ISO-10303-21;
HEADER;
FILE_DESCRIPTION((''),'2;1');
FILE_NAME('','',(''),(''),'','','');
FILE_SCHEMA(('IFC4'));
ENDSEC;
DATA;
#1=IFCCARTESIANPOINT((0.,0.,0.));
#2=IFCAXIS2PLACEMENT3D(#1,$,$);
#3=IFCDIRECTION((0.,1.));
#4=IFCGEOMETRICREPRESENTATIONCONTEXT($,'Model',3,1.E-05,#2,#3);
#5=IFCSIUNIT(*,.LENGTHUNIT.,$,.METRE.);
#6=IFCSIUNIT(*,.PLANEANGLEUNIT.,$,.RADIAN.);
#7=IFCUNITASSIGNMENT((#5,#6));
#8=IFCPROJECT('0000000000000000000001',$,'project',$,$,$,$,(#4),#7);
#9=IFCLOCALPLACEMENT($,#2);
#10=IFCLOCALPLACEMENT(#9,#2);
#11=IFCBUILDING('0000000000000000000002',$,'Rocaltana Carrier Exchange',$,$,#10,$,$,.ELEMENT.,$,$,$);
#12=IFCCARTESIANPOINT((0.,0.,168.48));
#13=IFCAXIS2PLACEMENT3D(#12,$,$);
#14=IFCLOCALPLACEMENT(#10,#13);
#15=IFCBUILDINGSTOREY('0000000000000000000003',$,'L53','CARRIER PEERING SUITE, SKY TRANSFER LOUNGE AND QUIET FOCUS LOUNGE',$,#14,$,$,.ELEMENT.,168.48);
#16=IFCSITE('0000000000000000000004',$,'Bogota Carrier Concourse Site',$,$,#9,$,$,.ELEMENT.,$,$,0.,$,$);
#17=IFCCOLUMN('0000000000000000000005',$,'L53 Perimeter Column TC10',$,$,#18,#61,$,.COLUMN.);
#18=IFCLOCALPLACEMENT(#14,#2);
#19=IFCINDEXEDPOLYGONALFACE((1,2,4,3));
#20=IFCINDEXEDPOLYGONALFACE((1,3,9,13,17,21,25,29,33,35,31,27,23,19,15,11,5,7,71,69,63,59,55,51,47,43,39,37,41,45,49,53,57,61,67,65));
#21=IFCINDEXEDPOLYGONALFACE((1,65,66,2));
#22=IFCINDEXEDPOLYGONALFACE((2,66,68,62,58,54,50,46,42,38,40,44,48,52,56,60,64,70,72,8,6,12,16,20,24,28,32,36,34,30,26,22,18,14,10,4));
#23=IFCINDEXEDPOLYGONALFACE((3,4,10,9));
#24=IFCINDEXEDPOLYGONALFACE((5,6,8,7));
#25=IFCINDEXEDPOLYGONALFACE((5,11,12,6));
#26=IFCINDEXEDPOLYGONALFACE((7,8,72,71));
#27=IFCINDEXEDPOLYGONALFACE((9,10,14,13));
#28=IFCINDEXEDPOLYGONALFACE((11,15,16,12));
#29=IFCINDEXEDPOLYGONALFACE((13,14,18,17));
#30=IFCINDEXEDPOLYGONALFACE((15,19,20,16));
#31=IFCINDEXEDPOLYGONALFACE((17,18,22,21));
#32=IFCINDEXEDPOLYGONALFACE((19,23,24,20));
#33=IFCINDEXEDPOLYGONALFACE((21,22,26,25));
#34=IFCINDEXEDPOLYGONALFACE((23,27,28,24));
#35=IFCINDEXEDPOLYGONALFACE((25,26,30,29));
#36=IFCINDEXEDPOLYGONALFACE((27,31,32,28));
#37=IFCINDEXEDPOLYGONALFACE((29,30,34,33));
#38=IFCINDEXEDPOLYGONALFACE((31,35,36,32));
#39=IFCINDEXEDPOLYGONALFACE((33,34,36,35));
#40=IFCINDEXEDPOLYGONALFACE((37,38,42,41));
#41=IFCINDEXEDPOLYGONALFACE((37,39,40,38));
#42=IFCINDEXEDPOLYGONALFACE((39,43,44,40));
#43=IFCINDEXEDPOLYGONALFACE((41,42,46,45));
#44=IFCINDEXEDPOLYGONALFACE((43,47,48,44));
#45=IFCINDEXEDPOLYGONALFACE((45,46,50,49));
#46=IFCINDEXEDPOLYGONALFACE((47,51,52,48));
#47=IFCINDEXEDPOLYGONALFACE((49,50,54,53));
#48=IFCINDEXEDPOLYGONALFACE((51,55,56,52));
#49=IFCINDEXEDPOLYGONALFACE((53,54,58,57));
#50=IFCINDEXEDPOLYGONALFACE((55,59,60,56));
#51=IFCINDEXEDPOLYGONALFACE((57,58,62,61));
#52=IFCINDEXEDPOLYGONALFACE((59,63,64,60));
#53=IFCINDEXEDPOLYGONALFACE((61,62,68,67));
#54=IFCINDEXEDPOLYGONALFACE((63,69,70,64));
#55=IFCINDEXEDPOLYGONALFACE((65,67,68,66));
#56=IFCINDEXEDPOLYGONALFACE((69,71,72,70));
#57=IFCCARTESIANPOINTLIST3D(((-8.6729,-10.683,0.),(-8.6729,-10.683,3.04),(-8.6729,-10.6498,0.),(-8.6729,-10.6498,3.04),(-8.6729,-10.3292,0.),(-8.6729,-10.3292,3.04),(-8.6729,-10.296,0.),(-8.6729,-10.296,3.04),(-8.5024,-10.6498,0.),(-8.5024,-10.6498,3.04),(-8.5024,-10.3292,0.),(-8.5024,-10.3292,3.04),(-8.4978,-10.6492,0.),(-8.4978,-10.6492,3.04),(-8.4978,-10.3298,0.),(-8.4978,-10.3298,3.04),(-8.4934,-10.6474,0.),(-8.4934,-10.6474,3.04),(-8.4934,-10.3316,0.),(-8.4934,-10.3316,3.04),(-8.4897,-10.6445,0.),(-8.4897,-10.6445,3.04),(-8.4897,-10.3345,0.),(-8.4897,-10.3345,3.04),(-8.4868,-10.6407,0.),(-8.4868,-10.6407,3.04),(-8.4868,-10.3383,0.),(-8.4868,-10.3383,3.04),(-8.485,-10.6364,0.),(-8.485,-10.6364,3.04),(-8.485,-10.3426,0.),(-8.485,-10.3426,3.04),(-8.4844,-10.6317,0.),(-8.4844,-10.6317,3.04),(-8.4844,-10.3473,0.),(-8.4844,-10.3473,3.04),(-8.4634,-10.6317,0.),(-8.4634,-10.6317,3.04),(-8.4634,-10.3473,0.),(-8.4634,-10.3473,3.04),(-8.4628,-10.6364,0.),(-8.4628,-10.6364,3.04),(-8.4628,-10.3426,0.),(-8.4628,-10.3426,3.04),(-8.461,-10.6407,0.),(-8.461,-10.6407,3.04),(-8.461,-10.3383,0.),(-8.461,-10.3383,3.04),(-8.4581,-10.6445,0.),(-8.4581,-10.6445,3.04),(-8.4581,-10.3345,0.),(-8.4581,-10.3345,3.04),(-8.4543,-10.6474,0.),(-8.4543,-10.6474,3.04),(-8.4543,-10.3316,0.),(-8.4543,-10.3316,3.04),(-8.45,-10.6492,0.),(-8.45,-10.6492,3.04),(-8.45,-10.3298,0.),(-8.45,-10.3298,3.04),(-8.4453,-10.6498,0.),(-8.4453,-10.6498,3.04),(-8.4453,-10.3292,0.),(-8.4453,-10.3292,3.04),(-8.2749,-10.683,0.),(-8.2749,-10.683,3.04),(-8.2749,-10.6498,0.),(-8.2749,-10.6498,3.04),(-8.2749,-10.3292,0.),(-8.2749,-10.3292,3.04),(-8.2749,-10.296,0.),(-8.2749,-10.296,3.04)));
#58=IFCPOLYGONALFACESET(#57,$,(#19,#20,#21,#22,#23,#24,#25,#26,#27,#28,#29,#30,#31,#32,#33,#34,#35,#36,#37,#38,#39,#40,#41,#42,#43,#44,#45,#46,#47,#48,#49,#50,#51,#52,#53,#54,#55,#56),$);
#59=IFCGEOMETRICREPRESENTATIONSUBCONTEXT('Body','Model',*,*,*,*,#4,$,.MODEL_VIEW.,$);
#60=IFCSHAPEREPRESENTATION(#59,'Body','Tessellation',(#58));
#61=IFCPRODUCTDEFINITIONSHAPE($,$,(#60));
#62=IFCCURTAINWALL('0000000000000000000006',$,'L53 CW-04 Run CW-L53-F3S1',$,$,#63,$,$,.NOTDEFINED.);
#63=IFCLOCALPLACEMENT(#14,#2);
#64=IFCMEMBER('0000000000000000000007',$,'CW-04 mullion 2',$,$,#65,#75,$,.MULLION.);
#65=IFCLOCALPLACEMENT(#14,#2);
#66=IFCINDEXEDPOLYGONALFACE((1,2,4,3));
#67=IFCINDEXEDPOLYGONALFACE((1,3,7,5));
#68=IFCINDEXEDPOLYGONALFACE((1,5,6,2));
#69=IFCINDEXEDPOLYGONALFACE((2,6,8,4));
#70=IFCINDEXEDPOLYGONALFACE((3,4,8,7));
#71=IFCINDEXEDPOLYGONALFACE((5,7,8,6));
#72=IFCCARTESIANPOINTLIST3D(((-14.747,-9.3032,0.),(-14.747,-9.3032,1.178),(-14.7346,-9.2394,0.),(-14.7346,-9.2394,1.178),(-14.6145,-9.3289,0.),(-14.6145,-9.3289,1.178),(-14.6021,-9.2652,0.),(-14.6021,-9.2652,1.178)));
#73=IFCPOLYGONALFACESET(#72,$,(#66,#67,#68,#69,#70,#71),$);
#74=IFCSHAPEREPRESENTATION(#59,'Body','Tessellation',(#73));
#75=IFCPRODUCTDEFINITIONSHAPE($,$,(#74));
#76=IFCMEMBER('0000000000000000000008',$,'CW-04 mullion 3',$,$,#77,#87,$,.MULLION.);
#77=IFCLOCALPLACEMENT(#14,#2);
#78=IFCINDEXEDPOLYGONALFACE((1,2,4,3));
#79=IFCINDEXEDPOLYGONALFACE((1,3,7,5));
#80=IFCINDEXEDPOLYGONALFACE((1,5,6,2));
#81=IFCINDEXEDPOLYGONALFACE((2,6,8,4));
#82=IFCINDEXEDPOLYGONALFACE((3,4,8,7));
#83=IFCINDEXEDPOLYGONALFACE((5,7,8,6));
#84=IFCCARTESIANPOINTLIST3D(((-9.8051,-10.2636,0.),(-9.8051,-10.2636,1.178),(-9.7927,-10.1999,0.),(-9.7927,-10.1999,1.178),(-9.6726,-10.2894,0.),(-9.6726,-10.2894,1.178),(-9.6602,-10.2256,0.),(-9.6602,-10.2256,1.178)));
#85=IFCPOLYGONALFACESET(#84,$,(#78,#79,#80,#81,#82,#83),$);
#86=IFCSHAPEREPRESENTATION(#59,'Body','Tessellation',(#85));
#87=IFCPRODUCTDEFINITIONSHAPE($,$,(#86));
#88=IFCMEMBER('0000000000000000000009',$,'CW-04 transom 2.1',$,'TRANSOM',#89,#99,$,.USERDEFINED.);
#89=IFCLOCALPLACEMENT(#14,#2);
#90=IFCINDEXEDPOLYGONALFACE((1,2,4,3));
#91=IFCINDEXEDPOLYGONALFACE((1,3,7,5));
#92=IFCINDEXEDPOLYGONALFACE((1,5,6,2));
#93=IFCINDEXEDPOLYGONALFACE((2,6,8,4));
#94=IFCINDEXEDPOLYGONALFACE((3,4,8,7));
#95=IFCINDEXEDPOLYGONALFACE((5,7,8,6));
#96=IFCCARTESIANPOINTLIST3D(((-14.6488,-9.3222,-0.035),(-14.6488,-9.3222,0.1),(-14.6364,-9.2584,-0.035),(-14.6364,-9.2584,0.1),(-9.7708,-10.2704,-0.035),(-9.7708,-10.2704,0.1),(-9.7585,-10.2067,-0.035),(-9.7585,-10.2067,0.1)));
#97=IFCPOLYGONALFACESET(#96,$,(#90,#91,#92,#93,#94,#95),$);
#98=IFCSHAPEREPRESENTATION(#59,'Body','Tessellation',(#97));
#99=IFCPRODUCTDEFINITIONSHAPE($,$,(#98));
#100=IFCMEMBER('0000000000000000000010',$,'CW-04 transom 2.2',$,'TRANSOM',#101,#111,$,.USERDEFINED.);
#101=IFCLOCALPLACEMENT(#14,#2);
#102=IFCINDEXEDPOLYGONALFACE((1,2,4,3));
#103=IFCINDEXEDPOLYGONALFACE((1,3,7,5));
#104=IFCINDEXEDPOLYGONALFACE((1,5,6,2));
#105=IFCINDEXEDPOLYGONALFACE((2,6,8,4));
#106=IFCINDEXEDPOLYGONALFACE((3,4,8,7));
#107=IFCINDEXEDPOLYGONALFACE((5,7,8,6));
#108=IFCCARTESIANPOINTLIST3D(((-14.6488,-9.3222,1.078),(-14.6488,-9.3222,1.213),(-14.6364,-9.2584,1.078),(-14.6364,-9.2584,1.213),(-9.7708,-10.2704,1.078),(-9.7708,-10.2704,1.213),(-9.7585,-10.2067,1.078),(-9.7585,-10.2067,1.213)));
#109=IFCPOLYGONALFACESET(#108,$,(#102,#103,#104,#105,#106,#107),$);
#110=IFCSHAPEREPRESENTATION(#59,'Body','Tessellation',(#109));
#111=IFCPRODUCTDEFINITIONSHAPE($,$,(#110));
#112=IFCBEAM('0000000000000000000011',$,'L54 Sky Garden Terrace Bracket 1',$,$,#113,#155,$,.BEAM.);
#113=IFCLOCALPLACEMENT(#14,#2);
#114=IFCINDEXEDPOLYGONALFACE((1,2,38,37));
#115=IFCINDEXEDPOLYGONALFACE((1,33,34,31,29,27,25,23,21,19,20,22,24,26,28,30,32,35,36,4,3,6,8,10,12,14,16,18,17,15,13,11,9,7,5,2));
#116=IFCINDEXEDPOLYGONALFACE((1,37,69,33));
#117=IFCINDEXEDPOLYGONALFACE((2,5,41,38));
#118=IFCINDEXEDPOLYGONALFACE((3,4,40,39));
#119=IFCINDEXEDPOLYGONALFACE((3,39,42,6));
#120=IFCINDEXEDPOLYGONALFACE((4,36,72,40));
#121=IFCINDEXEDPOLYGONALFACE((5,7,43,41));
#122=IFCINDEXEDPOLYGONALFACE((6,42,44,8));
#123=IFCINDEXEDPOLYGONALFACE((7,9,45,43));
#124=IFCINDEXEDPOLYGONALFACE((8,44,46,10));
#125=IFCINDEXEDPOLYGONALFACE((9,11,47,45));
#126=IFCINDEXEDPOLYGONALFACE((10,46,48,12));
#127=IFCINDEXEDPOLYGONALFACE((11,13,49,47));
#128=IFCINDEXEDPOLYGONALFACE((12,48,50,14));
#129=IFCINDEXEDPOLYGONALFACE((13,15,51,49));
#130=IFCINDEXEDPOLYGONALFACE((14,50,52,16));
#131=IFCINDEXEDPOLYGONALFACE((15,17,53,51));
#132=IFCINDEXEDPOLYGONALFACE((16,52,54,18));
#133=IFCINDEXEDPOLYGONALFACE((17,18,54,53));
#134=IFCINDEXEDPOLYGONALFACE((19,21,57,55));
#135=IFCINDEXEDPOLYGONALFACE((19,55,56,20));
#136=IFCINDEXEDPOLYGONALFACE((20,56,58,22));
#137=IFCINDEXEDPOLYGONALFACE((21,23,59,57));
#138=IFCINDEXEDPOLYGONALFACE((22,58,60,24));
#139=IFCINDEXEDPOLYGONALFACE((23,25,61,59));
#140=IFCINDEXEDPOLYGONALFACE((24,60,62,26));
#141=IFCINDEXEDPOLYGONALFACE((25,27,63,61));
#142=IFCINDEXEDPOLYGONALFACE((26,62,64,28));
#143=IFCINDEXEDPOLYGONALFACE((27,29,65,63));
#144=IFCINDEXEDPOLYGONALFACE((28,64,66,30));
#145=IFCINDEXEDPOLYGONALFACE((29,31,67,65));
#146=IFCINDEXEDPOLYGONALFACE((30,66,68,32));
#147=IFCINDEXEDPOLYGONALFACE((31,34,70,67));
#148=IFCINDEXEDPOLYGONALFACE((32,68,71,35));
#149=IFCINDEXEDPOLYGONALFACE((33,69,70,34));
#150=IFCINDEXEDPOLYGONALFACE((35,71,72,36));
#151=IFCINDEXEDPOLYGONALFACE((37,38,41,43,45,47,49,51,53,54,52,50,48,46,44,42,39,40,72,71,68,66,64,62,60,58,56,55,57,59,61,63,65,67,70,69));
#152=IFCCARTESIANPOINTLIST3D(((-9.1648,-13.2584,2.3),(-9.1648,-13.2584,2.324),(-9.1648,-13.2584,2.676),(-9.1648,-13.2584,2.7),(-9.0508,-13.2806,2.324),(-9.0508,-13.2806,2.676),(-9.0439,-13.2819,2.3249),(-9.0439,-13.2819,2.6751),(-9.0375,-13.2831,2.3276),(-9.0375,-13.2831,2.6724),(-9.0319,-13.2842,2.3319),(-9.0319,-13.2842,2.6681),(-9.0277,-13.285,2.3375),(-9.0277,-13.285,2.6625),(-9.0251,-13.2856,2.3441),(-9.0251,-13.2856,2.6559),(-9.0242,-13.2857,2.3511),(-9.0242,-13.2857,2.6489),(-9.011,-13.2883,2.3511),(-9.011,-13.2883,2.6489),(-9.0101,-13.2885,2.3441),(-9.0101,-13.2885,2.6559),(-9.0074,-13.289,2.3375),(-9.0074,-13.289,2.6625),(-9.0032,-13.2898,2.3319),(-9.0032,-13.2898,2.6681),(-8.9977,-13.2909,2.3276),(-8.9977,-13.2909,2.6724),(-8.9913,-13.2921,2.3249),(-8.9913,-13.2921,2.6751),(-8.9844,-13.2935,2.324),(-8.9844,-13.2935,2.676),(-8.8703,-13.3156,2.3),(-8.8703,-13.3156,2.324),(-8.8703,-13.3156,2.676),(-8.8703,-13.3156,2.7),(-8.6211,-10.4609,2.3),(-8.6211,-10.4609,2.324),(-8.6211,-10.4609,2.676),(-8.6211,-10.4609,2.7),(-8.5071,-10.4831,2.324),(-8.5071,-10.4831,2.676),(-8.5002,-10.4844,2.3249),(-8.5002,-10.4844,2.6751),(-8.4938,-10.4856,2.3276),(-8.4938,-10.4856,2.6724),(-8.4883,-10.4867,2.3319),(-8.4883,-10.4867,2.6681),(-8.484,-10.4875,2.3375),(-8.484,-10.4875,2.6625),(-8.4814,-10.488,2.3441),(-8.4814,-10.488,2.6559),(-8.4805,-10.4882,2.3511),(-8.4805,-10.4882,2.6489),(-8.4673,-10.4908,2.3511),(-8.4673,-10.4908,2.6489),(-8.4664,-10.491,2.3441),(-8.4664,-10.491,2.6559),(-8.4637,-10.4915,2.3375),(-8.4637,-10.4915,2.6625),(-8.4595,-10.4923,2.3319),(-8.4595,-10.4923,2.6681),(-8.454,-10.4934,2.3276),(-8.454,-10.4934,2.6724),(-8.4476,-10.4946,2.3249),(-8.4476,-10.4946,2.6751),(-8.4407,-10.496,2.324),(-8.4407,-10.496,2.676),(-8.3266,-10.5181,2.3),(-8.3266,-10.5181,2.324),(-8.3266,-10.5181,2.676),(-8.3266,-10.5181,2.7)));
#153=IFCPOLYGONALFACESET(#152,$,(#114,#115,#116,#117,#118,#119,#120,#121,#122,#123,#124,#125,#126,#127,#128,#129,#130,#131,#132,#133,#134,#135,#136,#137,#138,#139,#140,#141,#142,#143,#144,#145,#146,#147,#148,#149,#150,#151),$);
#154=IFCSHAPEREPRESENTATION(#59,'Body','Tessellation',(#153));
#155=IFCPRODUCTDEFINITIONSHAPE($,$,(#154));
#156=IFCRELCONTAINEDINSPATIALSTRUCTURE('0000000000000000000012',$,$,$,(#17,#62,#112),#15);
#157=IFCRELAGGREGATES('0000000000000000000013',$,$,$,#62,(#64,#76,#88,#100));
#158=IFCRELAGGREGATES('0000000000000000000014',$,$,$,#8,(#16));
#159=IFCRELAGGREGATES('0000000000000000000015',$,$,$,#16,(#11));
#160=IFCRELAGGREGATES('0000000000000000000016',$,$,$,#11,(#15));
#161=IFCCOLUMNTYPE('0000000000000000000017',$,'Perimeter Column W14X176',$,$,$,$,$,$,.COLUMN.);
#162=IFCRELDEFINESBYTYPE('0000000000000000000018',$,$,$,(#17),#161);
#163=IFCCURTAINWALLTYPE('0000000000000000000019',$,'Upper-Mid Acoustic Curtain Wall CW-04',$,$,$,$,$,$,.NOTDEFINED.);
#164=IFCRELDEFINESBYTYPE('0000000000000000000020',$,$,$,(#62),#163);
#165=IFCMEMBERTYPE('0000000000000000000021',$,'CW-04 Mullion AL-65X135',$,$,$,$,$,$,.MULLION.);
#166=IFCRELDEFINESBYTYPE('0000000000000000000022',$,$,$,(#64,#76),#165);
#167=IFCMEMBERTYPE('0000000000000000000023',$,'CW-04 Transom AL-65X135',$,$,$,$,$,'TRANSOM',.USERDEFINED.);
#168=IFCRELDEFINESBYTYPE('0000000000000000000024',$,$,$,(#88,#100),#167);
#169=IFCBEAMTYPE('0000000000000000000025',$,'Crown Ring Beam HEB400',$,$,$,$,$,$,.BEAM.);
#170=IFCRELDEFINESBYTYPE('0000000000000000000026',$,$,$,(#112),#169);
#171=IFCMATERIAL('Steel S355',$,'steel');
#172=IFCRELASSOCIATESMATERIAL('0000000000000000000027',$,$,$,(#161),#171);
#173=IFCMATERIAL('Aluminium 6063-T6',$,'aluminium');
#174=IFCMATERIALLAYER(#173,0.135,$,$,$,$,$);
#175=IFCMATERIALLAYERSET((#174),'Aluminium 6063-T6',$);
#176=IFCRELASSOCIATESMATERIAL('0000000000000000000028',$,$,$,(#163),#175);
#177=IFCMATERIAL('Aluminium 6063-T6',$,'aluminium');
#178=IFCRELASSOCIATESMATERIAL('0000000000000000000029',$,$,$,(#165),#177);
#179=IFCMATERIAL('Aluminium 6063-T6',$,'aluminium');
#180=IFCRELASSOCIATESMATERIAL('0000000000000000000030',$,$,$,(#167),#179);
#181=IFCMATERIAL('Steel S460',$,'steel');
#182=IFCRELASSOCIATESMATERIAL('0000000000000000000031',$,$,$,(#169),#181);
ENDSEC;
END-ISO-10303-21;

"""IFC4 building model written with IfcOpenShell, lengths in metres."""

from ifc_helpers import new_model, si_unit, direction, frame, origin, origin_2d, place, context, subcontext, project, spatial, rectangle, i_section, extrude, material, layer, layer_set, material_profile, profile_set, type_object, element, aggregate, save


model = new_model("IFC4")

# Units and contexts
model_context = context("Model", 3, precision=1e-05, world=origin(), true_north=direction((0.0, 1.0)))
body_context = subcontext(model_context, "Body", "Model", "MODEL_VIEW")
ifc_project = project(units=[si_unit("LENGTHUNIT", "METRE"), si_unit("PLANEANGLEUNIT", "RADIAN")], contexts=[model_context])

# Site, building, storey
site_placement = place(None, origin())
site = spatial("IfcSite", under=ifc_project, at=site_placement, Name="Bogota Carrier Concourse Site", CompositionType="ELEMENT", RefElevation=0.0)
building_placement = place(site_placement, origin())
building = spatial("IfcBuilding", under=site, at=building_placement, Name="Rocaltana Carrier Exchange", CompositionType="ELEMENT")
storey_placement = place(building_placement, frame((0.0, 0.0, 168.48)))
storey = spatial("IfcBuildingStorey", under=building, at=storey_placement, Name="L53", Description="CARRIER PEERING SUITE, SKY TRANSFER LOUNGE AND QUIET FOCUS LOUNGE", CompositionType="ELEMENT", Elevation=168.48)

# Column
ifc_material_1 = material(Name="Steel S355", Category="steel")
ifc_material_profile_1 = material_profile(ifc_material_1, i_section(OverallWidth=0.3979, OverallDepth=0.387, WebThickness=0.021, FlangeThickness=0.0332, FilletRadius=0.0181, at=origin_2d()), Name="W14X176")
ifc_profile_set_1 = profile_set([ifc_material_profile_1], Name="Steel S355")
column_type = type_object("IfcColumnType", Name="Perimeter Column W14X176", PredefinedType="COLUMN", material=ifc_profile_set_1)
column_placement = place(storey_placement, frame((-8.4739, -10.4895, 0.0), z_axis=(0.0, 0.0, 1.0), x_axis=(1.0, 0.0, 0.0)))
element("IfcColumn", 1, at=column_placement, inside=storey, type_object=column_type, Name="L53 Perimeter Column TC10", PredefinedType="COLUMN", context=body_context, shape_type="SweptSolid", body=[
    extrude(i_section(OverallWidth=0.3979, OverallDepth=0.387, WebThickness=0.021, FlangeThickness=0.0332, FilletRadius=0.0181, at=origin_2d()), origin(), (0.0, 0.0, 1.0), 3.04),
])

# Curtain wall, members
ifc_material_2 = material(Name="Aluminium 6063-T6", Category="aluminium")
ifc_layer_1 = layer(ifc_material_2, 0.135)
ifc_layer_set_1 = layer_set([ifc_layer_1], Name="Aluminium 6063-T6")
curtain_wall_type = type_object("IfcCurtainWallType", Name="Upper-Mid Acoustic Curtain Wall CW-04", PredefinedType="NOTDEFINED", material=ifc_layer_set_1)
curtain_wall_placement = place(storey_placement, origin())
curtain_wall = element("IfcCurtainWall", 2, at=curtain_wall_placement, inside=storey, type_object=curtain_wall_type, Name="L53 CW-04 Run CW-L53-F3S1", PredefinedType="NOTDEFINED")
ifc_material_3 = material(Name="Aluminium 6063-T6", Category="aluminium")
ifc_material_profile_2 = material_profile(ifc_material_3, rectangle(XDim=0.0649, YDim=0.135, at=origin_2d()), Name="AL-65X135")
ifc_profile_set_2 = profile_set([ifc_material_profile_2], Name="Aluminium 6063-T6")
member_type_1 = type_object("IfcMemberType", Name="CW-04 Mullion AL-65X135", PredefinedType="MULLION", material=ifc_profile_set_2)
member_1_placement = place(storey_placement, frame((-14.6746, -9.2842, 0.0), z_axis=(0.0, 0.0, 1.0), x_axis=(0.190803, 0.981628, 0.0)))
member_1 = element("IfcMember", 3, at=member_1_placement, type_object=member_type_1, Name="CW-04 mullion 2", PredefinedType="MULLION", context=body_context, shape_type="SweptSolid", body=[
    extrude(rectangle(XDim=0.0649, YDim=0.135, at=origin_2d()), origin(), (0.0, 0.0, 1.0), 1.178),
])
member_2_placement = place(storey_placement, frame((-9.7327, -10.2446, 0.0), z_axis=(0.0, 0.0, 1.0), x_axis=(0.190803, 0.981628, 0.0)))
member_2 = element("IfcMember", 4, at=member_2_placement, type_object=member_type_1, Name="CW-04 mullion 3", PredefinedType="MULLION", context=body_context, shape_type="SweptSolid", body=[
    extrude(rectangle(XDim=0.0649, YDim=0.135, at=origin_2d()), origin(), (0.0, 0.0, 1.0), 1.178),
])
ifc_material_4 = material(Name="Aluminium 6063-T6", Category="aluminium")
ifc_material_profile_3 = material_profile(ifc_material_4, rectangle(XDim=0.0649, YDim=0.135, at=origin_2d()), Name="AL-65X135")
ifc_profile_set_3 = profile_set([ifc_material_profile_3], Name="Aluminium 6063-T6")
member_type_2 = type_object("IfcMemberType", Name="CW-04 Transom AL-65X135", ElementType="TRANSOM", PredefinedType="USERDEFINED", material=ifc_profile_set_3)
member_3_placement = place(storey_placement, frame((-14.6426, -9.2903, 0.0325), z_axis=(0.981625, -0.190822, 0.0), x_axis=(0.190822, 0.981625, 0.0)))
member_3 = element("IfcMember", 5, at=member_3_placement, type_object=member_type_2, Name="CW-04 transom 2.1", ObjectType="TRANSOM", PredefinedType="USERDEFINED", context=body_context, shape_type="SweptSolid", body=[
    extrude(rectangle(XDim=0.0649, YDim=0.135, at=origin_2d()), origin(), (0.0, 0.0, 1.0), 4.9692),
])
member_4_placement = place(storey_placement, frame((-14.6426, -9.2903, 1.1455), z_axis=(0.981625, -0.190822, 0.0), x_axis=(0.190822, 0.981625, 0.0)))
member_4 = element("IfcMember", 6, at=member_4_placement, type_object=member_type_2, Name="CW-04 transom 2.2", ObjectType="TRANSOM", PredefinedType="USERDEFINED", context=body_context, shape_type="SweptSolid", body=[
    extrude(rectangle(XDim=0.0649, YDim=0.135, at=origin_2d()), origin(), (0.0, 0.0, 1.0), 4.9692),
])

# Beam
ifc_material_5 = material(Name="Steel S460", Category="steel")
ifc_material_profile_4 = material_profile(ifc_material_5, i_section(OverallWidth=0.3, OverallDepth=0.3999, WebThickness=0.0134, FlangeThickness=0.0239, FilletRadius=0.0271, at=origin_2d()), Name="HEB400")
ifc_profile_set_4 = profile_set([ifc_material_profile_4], Name="Steel S460")
beam_type_1 = type_object("IfcBeamType", Name="Crown Ring Beam HEB400", PredefinedType="BEAM", material=ifc_profile_set_4)
beam_1_placement = place(storey_placement, frame((-8.4739, -10.4895, 2.5), z_axis=(-0.190776, -0.981634, 0.0), x_axis=(0.981634, -0.190776, 0.0)))
element("IfcBeam", 7, at=beam_1_placement, inside=storey, type_object=beam_type_1, Name="L54 Sky Garden Terrace Bracket 1", PredefinedType="BEAM", context=body_context, shape_type="SweptSolid", body=[
    extrude(i_section(OverallWidth=0.3, OverallDepth=0.3999, WebThickness=0.0134, FlangeThickness=0.0239, FilletRadius=0.0271, at=origin_2d()), origin(), (0.0, 0.0, 1.0), 2.8499),
])

aggregate(curtain_wall, [member_1, member_2, member_3, member_4])

save(model, "model.ifc")
